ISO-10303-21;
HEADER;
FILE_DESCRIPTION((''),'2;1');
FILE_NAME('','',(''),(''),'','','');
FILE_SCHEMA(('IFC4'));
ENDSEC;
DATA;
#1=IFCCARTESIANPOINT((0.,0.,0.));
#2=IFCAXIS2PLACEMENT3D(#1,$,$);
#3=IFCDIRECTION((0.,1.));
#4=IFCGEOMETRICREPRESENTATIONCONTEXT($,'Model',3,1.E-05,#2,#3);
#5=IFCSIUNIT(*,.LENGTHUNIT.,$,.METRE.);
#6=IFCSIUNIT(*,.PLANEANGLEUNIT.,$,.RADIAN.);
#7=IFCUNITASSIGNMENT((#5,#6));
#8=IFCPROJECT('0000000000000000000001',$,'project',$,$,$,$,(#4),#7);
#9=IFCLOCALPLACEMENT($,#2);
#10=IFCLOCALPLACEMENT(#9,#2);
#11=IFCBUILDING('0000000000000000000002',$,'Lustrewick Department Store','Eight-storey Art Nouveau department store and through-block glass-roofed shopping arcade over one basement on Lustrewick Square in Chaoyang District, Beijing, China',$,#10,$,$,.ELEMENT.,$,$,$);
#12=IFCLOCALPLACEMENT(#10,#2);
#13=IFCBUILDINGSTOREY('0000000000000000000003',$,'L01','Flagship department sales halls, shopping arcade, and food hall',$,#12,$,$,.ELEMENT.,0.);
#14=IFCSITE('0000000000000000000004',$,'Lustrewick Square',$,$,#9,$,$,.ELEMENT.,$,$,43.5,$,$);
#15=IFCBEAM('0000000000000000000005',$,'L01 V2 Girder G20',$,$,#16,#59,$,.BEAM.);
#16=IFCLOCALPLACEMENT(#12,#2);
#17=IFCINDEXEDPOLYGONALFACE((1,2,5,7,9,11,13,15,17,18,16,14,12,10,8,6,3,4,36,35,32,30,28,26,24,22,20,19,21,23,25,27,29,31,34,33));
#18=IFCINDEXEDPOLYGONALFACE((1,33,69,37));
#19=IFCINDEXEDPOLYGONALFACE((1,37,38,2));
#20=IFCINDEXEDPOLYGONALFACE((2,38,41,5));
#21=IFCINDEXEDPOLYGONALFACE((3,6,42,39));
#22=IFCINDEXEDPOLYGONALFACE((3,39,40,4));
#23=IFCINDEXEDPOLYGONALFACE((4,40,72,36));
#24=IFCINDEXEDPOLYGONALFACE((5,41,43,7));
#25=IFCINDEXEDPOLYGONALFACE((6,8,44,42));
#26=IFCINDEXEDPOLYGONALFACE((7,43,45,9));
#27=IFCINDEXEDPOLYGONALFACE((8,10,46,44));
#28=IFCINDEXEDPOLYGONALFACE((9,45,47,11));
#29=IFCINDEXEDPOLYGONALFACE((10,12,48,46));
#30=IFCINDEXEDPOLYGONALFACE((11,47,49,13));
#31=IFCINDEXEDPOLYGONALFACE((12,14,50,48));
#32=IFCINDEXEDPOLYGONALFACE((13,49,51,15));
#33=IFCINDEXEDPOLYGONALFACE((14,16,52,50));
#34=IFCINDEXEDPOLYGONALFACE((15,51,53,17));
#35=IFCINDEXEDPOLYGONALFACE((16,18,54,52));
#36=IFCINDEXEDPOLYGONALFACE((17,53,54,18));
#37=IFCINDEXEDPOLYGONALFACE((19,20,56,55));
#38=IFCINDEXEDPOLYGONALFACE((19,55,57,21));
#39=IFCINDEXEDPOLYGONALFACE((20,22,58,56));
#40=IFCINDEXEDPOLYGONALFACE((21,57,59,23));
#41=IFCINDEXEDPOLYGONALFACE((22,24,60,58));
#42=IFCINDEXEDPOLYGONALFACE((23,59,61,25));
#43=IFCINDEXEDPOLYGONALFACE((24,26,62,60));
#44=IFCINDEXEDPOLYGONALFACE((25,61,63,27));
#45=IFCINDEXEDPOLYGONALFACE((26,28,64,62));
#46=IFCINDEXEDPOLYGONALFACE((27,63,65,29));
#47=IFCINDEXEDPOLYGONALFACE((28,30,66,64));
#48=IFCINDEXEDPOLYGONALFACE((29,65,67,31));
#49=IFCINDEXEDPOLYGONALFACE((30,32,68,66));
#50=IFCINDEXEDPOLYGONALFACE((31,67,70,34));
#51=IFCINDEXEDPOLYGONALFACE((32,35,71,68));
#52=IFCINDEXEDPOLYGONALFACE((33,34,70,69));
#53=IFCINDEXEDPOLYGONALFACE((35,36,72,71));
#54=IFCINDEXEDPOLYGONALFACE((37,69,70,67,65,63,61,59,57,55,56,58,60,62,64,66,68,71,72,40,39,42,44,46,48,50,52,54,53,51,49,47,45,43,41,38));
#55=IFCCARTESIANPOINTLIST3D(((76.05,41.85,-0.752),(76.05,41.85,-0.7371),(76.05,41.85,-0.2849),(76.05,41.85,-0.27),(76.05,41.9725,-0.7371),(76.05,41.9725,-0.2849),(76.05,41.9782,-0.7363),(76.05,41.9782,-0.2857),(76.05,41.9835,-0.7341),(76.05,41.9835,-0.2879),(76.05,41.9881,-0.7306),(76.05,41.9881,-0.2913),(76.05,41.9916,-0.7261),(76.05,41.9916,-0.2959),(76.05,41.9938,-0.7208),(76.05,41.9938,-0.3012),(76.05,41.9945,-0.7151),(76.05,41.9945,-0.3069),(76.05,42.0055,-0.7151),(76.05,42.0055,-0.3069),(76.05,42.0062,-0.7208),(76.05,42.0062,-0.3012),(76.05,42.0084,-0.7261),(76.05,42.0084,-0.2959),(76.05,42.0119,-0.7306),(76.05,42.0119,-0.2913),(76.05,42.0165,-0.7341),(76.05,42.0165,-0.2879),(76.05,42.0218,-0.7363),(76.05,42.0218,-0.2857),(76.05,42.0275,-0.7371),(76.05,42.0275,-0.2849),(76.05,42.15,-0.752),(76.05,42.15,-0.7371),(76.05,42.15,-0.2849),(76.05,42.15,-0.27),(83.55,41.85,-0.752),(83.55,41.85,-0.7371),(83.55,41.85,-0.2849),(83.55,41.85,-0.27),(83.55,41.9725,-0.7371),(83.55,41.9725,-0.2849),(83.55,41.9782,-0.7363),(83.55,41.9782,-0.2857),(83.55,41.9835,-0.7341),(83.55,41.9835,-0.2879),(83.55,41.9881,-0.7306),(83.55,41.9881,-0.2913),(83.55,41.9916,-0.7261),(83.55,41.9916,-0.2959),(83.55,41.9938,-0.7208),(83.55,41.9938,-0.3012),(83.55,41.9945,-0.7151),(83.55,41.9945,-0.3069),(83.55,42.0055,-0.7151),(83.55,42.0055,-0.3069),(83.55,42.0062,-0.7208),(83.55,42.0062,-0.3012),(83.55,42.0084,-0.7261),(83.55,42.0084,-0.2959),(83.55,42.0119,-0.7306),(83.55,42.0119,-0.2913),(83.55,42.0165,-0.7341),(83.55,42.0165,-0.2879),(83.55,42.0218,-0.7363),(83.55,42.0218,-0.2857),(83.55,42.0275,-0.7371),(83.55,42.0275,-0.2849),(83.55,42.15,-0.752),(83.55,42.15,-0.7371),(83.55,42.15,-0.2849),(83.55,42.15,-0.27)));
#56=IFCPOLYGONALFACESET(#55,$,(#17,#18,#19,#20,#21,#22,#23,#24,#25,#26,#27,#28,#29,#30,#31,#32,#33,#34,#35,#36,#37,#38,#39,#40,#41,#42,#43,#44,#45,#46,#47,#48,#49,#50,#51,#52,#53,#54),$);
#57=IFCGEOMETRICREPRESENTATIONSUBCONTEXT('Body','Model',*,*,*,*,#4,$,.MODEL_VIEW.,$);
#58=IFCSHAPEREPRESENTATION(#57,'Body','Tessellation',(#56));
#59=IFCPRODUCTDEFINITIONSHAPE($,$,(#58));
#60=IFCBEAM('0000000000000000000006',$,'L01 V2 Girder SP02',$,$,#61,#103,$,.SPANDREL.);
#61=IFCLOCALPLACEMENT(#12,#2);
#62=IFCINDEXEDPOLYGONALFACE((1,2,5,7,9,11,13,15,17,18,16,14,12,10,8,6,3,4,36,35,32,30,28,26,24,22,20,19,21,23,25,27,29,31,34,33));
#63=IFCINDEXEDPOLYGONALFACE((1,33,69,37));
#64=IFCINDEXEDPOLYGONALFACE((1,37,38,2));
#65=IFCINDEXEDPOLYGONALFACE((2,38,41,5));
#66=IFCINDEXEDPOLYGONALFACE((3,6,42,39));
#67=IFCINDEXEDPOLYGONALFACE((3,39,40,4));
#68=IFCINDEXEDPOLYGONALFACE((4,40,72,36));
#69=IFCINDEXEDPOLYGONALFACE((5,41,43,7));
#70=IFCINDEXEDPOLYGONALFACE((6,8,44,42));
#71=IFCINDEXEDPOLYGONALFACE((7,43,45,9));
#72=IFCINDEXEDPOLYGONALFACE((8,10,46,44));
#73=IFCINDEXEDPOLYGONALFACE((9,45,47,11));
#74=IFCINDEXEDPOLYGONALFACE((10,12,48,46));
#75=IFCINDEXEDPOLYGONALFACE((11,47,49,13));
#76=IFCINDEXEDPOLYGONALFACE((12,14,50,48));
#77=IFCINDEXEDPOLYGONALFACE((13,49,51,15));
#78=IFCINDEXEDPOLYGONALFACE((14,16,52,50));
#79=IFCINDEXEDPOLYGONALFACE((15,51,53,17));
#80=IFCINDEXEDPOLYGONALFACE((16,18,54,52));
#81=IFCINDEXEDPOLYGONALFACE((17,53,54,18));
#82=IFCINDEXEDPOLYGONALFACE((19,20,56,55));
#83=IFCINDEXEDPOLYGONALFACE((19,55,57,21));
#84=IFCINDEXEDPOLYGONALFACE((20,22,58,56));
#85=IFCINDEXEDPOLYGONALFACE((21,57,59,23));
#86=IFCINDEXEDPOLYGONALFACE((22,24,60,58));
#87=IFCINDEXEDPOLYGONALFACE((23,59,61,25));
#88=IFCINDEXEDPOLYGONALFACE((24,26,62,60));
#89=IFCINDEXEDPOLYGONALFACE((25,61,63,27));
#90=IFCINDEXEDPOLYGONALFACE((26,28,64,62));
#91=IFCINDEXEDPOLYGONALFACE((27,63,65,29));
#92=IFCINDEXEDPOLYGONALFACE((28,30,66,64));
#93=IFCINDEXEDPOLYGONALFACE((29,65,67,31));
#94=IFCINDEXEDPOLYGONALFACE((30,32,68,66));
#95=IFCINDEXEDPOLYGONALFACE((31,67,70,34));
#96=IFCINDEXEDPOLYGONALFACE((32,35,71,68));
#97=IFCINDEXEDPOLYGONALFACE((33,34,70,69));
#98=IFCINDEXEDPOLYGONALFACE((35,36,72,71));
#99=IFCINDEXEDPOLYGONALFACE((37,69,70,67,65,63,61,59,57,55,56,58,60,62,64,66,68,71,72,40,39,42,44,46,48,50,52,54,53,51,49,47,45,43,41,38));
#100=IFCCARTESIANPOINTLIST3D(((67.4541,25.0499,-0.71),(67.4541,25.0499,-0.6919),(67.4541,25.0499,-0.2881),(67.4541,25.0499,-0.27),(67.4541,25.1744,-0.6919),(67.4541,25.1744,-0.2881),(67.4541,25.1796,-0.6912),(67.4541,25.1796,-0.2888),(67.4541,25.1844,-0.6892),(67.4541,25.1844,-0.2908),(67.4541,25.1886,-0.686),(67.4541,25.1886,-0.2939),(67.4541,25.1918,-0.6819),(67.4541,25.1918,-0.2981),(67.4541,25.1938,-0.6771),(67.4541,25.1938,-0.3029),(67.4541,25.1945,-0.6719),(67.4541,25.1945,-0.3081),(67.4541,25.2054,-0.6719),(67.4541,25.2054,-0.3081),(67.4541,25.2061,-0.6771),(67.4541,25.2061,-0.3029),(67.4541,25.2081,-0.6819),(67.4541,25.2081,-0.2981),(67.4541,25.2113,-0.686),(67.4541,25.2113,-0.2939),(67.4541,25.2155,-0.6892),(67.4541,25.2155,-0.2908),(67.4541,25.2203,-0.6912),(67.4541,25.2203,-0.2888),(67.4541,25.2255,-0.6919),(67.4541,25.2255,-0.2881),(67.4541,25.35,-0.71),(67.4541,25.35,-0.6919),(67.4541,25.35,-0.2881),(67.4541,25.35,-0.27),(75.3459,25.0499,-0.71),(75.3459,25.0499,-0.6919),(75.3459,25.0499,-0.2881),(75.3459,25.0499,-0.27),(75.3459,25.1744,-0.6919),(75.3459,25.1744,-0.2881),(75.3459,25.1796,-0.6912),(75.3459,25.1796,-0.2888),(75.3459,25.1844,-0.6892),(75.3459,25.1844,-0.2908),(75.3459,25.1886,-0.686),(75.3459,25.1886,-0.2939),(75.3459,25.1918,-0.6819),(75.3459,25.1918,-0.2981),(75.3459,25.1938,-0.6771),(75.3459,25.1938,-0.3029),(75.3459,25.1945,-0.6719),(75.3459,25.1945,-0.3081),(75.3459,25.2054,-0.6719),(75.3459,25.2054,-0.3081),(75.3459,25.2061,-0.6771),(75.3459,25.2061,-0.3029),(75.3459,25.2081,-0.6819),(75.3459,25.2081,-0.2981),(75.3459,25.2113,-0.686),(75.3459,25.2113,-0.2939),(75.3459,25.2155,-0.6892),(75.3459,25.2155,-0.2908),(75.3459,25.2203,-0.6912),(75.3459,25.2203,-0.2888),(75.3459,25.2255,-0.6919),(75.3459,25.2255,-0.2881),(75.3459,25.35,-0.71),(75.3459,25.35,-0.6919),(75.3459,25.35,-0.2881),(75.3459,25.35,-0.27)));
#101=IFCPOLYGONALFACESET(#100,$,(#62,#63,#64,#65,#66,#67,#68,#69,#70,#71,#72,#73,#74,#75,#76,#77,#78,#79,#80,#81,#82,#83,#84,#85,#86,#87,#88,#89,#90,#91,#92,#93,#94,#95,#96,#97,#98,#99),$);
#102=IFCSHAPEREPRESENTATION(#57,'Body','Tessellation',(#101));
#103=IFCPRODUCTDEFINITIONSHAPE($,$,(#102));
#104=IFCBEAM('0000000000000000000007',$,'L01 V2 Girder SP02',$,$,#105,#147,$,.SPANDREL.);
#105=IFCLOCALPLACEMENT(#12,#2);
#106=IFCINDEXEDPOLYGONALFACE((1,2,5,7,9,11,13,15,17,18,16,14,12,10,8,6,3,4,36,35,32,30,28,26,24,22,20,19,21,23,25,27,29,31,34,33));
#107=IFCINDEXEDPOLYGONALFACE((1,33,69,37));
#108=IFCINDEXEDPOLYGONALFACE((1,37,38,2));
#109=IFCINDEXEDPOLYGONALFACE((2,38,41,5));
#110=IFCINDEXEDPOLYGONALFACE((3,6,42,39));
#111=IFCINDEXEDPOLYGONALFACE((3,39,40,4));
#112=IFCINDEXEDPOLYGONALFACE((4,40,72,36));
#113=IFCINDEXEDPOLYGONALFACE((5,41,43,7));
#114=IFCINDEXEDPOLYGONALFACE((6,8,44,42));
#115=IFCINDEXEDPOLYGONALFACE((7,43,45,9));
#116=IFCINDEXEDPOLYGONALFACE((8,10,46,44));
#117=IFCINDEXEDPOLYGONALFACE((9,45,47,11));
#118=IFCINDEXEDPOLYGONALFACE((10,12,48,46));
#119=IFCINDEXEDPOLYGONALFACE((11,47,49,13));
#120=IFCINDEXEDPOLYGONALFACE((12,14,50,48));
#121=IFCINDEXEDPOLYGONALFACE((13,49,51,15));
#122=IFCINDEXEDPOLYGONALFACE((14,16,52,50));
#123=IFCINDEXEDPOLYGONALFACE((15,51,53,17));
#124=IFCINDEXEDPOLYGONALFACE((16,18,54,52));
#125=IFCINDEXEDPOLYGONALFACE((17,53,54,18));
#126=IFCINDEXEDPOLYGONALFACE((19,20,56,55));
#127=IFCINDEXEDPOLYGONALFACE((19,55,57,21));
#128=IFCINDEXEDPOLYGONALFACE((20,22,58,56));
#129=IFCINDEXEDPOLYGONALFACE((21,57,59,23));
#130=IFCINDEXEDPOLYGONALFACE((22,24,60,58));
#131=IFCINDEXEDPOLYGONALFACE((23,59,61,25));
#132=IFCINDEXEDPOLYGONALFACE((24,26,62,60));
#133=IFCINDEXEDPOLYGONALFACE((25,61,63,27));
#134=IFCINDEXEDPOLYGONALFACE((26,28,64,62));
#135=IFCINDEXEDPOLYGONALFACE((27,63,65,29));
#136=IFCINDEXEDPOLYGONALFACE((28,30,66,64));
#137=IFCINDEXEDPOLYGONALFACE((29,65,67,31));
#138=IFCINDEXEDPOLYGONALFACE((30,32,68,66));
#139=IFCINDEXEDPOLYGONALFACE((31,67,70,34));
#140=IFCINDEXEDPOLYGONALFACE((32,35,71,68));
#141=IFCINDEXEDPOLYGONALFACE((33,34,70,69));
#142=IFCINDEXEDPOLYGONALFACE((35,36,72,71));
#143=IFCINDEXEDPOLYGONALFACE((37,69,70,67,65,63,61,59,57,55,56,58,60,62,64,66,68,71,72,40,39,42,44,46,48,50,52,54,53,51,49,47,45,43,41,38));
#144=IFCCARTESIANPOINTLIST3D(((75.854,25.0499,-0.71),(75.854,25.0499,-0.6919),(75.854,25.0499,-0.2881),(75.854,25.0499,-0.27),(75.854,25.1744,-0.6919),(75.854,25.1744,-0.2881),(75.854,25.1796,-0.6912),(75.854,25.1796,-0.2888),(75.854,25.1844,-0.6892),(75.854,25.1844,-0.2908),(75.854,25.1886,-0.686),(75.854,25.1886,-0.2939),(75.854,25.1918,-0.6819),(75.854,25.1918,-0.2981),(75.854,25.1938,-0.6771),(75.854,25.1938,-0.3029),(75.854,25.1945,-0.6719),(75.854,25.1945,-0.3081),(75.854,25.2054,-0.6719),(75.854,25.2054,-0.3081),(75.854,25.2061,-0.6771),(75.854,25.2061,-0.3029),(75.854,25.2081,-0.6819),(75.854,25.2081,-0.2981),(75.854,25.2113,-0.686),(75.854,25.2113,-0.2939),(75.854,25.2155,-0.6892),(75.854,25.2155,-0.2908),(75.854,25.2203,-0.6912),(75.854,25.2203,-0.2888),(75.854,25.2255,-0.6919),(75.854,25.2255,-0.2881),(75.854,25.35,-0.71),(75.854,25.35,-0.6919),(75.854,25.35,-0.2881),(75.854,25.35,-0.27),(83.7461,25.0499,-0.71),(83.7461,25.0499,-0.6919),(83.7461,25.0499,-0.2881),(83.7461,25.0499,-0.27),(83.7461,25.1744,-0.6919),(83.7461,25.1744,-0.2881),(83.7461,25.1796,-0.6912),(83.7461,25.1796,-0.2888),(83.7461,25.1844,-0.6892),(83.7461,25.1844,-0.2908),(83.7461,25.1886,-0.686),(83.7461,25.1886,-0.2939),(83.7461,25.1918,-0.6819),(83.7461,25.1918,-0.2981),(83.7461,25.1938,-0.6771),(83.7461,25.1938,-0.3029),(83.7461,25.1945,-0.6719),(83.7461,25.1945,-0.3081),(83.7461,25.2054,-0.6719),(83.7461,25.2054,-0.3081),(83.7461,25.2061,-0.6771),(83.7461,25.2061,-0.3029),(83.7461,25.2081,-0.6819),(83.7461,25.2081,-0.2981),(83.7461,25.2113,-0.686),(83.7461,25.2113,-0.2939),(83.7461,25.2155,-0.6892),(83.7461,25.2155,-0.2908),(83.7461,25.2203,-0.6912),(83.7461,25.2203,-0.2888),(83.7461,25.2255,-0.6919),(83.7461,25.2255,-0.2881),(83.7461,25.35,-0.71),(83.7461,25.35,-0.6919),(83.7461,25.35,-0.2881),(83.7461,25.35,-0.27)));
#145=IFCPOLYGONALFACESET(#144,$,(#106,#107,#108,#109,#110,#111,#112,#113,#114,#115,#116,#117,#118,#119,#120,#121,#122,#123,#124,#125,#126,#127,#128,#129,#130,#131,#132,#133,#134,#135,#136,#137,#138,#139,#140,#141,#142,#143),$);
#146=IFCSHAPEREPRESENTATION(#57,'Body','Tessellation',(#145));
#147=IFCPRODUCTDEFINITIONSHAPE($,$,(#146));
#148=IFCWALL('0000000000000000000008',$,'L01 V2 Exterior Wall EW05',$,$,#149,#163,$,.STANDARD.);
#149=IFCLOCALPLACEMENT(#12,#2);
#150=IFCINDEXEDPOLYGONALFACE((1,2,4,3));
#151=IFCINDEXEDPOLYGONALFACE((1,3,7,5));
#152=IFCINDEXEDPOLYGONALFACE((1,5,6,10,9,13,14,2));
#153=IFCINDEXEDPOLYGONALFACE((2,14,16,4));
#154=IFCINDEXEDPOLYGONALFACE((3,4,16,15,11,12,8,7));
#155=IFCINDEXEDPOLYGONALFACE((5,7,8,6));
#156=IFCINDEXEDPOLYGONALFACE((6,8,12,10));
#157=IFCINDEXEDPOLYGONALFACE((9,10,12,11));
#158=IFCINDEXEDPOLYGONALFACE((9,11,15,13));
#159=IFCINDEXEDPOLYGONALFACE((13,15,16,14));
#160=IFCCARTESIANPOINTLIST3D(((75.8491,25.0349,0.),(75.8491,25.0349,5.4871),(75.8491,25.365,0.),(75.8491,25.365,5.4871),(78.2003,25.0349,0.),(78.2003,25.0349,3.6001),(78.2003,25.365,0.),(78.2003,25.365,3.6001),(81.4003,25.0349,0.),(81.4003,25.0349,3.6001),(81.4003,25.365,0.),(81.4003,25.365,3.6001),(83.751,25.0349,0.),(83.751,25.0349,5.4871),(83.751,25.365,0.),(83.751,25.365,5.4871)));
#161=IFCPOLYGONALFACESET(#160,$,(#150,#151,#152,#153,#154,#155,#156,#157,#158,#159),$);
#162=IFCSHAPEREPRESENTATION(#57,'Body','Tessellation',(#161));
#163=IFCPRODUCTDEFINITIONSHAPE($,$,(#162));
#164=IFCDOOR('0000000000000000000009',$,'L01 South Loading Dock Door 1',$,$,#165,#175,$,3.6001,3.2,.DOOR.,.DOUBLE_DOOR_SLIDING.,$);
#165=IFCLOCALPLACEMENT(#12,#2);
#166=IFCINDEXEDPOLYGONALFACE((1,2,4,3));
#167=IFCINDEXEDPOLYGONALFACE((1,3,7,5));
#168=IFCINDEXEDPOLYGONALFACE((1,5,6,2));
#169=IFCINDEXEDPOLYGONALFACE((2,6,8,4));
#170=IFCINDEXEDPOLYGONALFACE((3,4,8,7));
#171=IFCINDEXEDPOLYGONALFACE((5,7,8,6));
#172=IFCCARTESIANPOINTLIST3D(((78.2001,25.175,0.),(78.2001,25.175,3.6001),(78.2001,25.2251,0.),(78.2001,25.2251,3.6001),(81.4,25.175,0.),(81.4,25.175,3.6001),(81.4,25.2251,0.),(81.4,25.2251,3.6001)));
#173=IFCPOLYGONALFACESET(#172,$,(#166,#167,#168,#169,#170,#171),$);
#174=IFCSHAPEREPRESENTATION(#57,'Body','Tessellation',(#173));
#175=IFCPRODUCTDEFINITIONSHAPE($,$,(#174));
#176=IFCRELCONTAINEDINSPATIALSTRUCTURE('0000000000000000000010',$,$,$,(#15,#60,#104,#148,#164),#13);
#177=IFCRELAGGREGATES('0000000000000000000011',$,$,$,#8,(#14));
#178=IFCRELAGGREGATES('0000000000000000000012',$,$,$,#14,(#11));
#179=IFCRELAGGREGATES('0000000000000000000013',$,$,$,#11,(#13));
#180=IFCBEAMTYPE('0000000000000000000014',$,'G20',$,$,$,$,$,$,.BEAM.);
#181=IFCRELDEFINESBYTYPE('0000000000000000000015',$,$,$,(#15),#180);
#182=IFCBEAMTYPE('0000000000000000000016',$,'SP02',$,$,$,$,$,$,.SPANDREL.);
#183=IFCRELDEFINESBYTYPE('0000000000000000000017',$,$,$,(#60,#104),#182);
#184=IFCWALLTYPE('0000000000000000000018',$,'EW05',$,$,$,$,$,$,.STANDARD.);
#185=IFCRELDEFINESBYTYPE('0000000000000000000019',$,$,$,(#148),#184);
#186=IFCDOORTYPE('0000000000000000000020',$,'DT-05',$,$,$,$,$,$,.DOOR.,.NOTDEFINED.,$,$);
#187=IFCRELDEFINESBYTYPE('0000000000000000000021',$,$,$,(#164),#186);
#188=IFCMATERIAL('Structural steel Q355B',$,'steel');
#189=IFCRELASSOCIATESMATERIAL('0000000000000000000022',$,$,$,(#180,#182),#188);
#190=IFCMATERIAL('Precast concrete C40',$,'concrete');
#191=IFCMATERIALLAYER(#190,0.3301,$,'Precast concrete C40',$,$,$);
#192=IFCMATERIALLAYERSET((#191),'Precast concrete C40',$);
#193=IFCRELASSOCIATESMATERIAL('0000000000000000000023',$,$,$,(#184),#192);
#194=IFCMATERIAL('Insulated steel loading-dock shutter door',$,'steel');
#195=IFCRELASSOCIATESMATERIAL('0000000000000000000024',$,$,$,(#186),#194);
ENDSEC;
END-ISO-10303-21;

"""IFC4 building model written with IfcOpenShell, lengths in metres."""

from ifc_helpers import new_model, si_unit, direction, frame, frame_2d, origin, origin_2d, place, context, subcontext, project, spatial, rectangle, i_section, extrude, material, layer, layer_set, material_profile, profile_set, type_object, element, fill, save


model = new_model("IFC4")

# Units and contexts
model_context = context("Model", 3, precision=1e-05, world=origin(), true_north=direction((0.0, 1.0)))
body_context = subcontext(model_context, "Body", "Model", "MODEL_VIEW")
ifc_project = project(units=[si_unit("LENGTHUNIT", "METRE"), si_unit("PLANEANGLEUNIT", "RADIAN")], contexts=[model_context])

# Site, building, storey
site_placement = place(None, origin())
site = spatial("IfcSite", under=ifc_project, at=site_placement, Name="Lustrewick Square", CompositionType="ELEMENT", RefElevation=43.5)
building_placement = place(site_placement, origin())
building = spatial("IfcBuilding", under=site, at=building_placement, Name="Lustrewick Department Store", Description="Eight-storey Art Nouveau department store and through-block glass-roofed shopping arcade over one basement on Lustrewick Square in Chaoyang District, Beijing, China", CompositionType="ELEMENT")
storey_placement = place(building_placement, origin())
storey = spatial("IfcBuildingStorey", under=building, at=storey_placement, Name="L01", Description="Flagship department sales halls, shopping arcade, and food hall", CompositionType="ELEMENT", Elevation=0.0)

# Shared definitions
ifc_material_1 = material(Name="Structural steel Q355B", Category="steel")

# Beams
ifc_material_profile_1 = material_profile(ifc_material_1, i_section(OverallWidth=0.3, OverallDepth=0.4819, WebThickness=0.011, FlangeThickness=0.0149, FilletRadius=0.022, at=origin_2d()), Name="HM 482x300x11x15")
ifc_profile_set_1 = profile_set([ifc_material_profile_1], Name="Structural steel Q355B")
beam_type_1 = type_object("IfcBeamType", Name="G20", PredefinedType="BEAM", material=ifc_profile_set_1)
beam_1_placement = place(storey_placement, frame((76.05, 42.0, -0.511), z_axis=(1.0, 0.0, 0.0), x_axis=(0.0, 1.0, 0.0)))
element("IfcBeam", 1, at=beam_1_placement, inside=storey, type_object=beam_type_1, Name="L01 V2 Girder G20", PredefinedType="BEAM", context=body_context, shape_type="SweptSolid", body=[
    extrude(i_section(OverallWidth=0.3, OverallDepth=0.4819, WebThickness=0.011, FlangeThickness=0.0149, FilletRadius=0.022, at=origin_2d()), origin(), (0.0, 0.0, 1.0), 7.5),
])
ifc_material_profile_2 = material_profile(ifc_material_1, i_section(OverallWidth=0.3, OverallDepth=0.4399, WebThickness=0.011, FlangeThickness=0.0181, FilletRadius=0.02, at=origin_2d()), Name="HM 440x300x11x18")
ifc_profile_set_2 = profile_set([ifc_material_profile_2], Name="Structural steel Q355B")
beam_type_2 = type_object("IfcBeamType", Name="SP02", PredefinedType="SPANDREL", material=ifc_profile_set_2)
beam_2_placement = place(storey_placement, frame((67.4541, 25.2, -0.49), z_axis=(1.0, 0.0, 0.0), x_axis=(0.0, 1.0, 0.0)))
element("IfcBeam", 2, at=beam_2_placement, inside=storey, type_object=beam_type_2, Name="L01 V2 Girder SP02", PredefinedType="SPANDREL", context=body_context, shape_type="SweptSolid", body=[
    extrude(i_section(OverallWidth=0.3, OverallDepth=0.4399, WebThickness=0.011, FlangeThickness=0.0181, FilletRadius=0.02, at=origin_2d()), origin(), (0.0, 0.0, 1.0), 7.8918),
])
beam_3_placement = place(storey_placement, frame((75.854, 25.2, -0.49), z_axis=(1.0, 0.0, 0.0), x_axis=(0.0, 1.0, 0.0)))
element("IfcBeam", 3, at=beam_3_placement, inside=storey, type_object=beam_type_2, Name="L01 V2 Girder SP02", PredefinedType="SPANDREL", context=body_context, shape_type="SweptSolid", body=[
    extrude(i_section(OverallWidth=0.3, OverallDepth=0.4399, WebThickness=0.011, FlangeThickness=0.0181, FilletRadius=0.02, at=origin_2d()), origin(), (0.0, 0.0, 1.0), 7.8921),
])

# Wall, opening, door
ifc_material_2 = material(Name="Precast concrete C40", Category="concrete")
ifc_layer_1 = layer(ifc_material_2, 0.3301, Name="Precast concrete C40")
ifc_layer_set_1 = layer_set([ifc_layer_1], Name="Precast concrete C40")
wall_type_1 = type_object("IfcWallType", Name="EW05", PredefinedType="STANDARD", material=ifc_layer_set_1)
wall_1_placement = place(storey_placement, frame((75.8491, 25.2, 0.0), z_axis=(0.0, 0.0, 1.0), x_axis=(1.0, 0.0, 0.0)))
wall_1 = element("IfcWall", 4, at=wall_1_placement, inside=storey, type_object=wall_type_1, Name="L01 V2 Exterior Wall EW05", PredefinedType="STANDARD", context=body_context, shape_type="SweptSolid", body=[
    extrude(rectangle(XDim=7.9019, YDim=0.3301, at=frame_2d((3.9509, 0.0))), origin(), (0.0, 0.0, 1.0), 5.4871),
])
opening_1_placement = place(wall_1_placement, frame((2.3511, 0.0, 0.0)))
opening_1 = element("IfcOpeningElement", 5, at=opening_1_placement, cuts=wall_1, PredefinedType="OPENING", context=body_context, shape_type="SweptSolid", body=[
    extrude(rectangle(XDim=3.2, YDim=3.6001, at=frame_2d((1.6001, 1.8))), frame((0.0, 0.175, 0.0), z_axis=(0.0, -1.0, 0.0), x_axis=(1.0, 0.0, 0.0)), (0.0, 0.0, 1.0), 0.3501),
])
ifc_material_3 = material(Name="Insulated steel loading-dock shutter door", Category="steel")
door_type_1 = type_object("IfcDoorType", Name="DT-05", OperationType="NOTDEFINED", PredefinedType="DOOR", material=ifc_material_3)
door_1_placement = place(opening_1_placement, frame((3.2, 0.0, 0.0), z_axis=(0.0, 0.0, 1.0), x_axis=(-1.0, 0.0, 0.0)))
door_1 = element("IfcDoor", 6, at=door_1_placement, inside=storey, type_object=door_type_1, Name="L01 South Loading Dock Door 1", OperationType="DOUBLE_DOOR_SLIDING", OverallHeight=3.6001, OverallWidth=3.2, PredefinedType="DOOR", context=body_context, shape_type="SweptSolid", body=[
    extrude(rectangle(XDim=3.2, YDim=3.6001, at=frame_2d((1.6001, 1.8))), frame((0.0, 0.0249, 0.0), z_axis=(0.0, -1.0, 0.0), x_axis=(1.0, 0.0, 0.0)), (0.0, 0.0, 1.0), 0.05),
])
fill(opening_1, door_1)

save(model, "model.ifc")
